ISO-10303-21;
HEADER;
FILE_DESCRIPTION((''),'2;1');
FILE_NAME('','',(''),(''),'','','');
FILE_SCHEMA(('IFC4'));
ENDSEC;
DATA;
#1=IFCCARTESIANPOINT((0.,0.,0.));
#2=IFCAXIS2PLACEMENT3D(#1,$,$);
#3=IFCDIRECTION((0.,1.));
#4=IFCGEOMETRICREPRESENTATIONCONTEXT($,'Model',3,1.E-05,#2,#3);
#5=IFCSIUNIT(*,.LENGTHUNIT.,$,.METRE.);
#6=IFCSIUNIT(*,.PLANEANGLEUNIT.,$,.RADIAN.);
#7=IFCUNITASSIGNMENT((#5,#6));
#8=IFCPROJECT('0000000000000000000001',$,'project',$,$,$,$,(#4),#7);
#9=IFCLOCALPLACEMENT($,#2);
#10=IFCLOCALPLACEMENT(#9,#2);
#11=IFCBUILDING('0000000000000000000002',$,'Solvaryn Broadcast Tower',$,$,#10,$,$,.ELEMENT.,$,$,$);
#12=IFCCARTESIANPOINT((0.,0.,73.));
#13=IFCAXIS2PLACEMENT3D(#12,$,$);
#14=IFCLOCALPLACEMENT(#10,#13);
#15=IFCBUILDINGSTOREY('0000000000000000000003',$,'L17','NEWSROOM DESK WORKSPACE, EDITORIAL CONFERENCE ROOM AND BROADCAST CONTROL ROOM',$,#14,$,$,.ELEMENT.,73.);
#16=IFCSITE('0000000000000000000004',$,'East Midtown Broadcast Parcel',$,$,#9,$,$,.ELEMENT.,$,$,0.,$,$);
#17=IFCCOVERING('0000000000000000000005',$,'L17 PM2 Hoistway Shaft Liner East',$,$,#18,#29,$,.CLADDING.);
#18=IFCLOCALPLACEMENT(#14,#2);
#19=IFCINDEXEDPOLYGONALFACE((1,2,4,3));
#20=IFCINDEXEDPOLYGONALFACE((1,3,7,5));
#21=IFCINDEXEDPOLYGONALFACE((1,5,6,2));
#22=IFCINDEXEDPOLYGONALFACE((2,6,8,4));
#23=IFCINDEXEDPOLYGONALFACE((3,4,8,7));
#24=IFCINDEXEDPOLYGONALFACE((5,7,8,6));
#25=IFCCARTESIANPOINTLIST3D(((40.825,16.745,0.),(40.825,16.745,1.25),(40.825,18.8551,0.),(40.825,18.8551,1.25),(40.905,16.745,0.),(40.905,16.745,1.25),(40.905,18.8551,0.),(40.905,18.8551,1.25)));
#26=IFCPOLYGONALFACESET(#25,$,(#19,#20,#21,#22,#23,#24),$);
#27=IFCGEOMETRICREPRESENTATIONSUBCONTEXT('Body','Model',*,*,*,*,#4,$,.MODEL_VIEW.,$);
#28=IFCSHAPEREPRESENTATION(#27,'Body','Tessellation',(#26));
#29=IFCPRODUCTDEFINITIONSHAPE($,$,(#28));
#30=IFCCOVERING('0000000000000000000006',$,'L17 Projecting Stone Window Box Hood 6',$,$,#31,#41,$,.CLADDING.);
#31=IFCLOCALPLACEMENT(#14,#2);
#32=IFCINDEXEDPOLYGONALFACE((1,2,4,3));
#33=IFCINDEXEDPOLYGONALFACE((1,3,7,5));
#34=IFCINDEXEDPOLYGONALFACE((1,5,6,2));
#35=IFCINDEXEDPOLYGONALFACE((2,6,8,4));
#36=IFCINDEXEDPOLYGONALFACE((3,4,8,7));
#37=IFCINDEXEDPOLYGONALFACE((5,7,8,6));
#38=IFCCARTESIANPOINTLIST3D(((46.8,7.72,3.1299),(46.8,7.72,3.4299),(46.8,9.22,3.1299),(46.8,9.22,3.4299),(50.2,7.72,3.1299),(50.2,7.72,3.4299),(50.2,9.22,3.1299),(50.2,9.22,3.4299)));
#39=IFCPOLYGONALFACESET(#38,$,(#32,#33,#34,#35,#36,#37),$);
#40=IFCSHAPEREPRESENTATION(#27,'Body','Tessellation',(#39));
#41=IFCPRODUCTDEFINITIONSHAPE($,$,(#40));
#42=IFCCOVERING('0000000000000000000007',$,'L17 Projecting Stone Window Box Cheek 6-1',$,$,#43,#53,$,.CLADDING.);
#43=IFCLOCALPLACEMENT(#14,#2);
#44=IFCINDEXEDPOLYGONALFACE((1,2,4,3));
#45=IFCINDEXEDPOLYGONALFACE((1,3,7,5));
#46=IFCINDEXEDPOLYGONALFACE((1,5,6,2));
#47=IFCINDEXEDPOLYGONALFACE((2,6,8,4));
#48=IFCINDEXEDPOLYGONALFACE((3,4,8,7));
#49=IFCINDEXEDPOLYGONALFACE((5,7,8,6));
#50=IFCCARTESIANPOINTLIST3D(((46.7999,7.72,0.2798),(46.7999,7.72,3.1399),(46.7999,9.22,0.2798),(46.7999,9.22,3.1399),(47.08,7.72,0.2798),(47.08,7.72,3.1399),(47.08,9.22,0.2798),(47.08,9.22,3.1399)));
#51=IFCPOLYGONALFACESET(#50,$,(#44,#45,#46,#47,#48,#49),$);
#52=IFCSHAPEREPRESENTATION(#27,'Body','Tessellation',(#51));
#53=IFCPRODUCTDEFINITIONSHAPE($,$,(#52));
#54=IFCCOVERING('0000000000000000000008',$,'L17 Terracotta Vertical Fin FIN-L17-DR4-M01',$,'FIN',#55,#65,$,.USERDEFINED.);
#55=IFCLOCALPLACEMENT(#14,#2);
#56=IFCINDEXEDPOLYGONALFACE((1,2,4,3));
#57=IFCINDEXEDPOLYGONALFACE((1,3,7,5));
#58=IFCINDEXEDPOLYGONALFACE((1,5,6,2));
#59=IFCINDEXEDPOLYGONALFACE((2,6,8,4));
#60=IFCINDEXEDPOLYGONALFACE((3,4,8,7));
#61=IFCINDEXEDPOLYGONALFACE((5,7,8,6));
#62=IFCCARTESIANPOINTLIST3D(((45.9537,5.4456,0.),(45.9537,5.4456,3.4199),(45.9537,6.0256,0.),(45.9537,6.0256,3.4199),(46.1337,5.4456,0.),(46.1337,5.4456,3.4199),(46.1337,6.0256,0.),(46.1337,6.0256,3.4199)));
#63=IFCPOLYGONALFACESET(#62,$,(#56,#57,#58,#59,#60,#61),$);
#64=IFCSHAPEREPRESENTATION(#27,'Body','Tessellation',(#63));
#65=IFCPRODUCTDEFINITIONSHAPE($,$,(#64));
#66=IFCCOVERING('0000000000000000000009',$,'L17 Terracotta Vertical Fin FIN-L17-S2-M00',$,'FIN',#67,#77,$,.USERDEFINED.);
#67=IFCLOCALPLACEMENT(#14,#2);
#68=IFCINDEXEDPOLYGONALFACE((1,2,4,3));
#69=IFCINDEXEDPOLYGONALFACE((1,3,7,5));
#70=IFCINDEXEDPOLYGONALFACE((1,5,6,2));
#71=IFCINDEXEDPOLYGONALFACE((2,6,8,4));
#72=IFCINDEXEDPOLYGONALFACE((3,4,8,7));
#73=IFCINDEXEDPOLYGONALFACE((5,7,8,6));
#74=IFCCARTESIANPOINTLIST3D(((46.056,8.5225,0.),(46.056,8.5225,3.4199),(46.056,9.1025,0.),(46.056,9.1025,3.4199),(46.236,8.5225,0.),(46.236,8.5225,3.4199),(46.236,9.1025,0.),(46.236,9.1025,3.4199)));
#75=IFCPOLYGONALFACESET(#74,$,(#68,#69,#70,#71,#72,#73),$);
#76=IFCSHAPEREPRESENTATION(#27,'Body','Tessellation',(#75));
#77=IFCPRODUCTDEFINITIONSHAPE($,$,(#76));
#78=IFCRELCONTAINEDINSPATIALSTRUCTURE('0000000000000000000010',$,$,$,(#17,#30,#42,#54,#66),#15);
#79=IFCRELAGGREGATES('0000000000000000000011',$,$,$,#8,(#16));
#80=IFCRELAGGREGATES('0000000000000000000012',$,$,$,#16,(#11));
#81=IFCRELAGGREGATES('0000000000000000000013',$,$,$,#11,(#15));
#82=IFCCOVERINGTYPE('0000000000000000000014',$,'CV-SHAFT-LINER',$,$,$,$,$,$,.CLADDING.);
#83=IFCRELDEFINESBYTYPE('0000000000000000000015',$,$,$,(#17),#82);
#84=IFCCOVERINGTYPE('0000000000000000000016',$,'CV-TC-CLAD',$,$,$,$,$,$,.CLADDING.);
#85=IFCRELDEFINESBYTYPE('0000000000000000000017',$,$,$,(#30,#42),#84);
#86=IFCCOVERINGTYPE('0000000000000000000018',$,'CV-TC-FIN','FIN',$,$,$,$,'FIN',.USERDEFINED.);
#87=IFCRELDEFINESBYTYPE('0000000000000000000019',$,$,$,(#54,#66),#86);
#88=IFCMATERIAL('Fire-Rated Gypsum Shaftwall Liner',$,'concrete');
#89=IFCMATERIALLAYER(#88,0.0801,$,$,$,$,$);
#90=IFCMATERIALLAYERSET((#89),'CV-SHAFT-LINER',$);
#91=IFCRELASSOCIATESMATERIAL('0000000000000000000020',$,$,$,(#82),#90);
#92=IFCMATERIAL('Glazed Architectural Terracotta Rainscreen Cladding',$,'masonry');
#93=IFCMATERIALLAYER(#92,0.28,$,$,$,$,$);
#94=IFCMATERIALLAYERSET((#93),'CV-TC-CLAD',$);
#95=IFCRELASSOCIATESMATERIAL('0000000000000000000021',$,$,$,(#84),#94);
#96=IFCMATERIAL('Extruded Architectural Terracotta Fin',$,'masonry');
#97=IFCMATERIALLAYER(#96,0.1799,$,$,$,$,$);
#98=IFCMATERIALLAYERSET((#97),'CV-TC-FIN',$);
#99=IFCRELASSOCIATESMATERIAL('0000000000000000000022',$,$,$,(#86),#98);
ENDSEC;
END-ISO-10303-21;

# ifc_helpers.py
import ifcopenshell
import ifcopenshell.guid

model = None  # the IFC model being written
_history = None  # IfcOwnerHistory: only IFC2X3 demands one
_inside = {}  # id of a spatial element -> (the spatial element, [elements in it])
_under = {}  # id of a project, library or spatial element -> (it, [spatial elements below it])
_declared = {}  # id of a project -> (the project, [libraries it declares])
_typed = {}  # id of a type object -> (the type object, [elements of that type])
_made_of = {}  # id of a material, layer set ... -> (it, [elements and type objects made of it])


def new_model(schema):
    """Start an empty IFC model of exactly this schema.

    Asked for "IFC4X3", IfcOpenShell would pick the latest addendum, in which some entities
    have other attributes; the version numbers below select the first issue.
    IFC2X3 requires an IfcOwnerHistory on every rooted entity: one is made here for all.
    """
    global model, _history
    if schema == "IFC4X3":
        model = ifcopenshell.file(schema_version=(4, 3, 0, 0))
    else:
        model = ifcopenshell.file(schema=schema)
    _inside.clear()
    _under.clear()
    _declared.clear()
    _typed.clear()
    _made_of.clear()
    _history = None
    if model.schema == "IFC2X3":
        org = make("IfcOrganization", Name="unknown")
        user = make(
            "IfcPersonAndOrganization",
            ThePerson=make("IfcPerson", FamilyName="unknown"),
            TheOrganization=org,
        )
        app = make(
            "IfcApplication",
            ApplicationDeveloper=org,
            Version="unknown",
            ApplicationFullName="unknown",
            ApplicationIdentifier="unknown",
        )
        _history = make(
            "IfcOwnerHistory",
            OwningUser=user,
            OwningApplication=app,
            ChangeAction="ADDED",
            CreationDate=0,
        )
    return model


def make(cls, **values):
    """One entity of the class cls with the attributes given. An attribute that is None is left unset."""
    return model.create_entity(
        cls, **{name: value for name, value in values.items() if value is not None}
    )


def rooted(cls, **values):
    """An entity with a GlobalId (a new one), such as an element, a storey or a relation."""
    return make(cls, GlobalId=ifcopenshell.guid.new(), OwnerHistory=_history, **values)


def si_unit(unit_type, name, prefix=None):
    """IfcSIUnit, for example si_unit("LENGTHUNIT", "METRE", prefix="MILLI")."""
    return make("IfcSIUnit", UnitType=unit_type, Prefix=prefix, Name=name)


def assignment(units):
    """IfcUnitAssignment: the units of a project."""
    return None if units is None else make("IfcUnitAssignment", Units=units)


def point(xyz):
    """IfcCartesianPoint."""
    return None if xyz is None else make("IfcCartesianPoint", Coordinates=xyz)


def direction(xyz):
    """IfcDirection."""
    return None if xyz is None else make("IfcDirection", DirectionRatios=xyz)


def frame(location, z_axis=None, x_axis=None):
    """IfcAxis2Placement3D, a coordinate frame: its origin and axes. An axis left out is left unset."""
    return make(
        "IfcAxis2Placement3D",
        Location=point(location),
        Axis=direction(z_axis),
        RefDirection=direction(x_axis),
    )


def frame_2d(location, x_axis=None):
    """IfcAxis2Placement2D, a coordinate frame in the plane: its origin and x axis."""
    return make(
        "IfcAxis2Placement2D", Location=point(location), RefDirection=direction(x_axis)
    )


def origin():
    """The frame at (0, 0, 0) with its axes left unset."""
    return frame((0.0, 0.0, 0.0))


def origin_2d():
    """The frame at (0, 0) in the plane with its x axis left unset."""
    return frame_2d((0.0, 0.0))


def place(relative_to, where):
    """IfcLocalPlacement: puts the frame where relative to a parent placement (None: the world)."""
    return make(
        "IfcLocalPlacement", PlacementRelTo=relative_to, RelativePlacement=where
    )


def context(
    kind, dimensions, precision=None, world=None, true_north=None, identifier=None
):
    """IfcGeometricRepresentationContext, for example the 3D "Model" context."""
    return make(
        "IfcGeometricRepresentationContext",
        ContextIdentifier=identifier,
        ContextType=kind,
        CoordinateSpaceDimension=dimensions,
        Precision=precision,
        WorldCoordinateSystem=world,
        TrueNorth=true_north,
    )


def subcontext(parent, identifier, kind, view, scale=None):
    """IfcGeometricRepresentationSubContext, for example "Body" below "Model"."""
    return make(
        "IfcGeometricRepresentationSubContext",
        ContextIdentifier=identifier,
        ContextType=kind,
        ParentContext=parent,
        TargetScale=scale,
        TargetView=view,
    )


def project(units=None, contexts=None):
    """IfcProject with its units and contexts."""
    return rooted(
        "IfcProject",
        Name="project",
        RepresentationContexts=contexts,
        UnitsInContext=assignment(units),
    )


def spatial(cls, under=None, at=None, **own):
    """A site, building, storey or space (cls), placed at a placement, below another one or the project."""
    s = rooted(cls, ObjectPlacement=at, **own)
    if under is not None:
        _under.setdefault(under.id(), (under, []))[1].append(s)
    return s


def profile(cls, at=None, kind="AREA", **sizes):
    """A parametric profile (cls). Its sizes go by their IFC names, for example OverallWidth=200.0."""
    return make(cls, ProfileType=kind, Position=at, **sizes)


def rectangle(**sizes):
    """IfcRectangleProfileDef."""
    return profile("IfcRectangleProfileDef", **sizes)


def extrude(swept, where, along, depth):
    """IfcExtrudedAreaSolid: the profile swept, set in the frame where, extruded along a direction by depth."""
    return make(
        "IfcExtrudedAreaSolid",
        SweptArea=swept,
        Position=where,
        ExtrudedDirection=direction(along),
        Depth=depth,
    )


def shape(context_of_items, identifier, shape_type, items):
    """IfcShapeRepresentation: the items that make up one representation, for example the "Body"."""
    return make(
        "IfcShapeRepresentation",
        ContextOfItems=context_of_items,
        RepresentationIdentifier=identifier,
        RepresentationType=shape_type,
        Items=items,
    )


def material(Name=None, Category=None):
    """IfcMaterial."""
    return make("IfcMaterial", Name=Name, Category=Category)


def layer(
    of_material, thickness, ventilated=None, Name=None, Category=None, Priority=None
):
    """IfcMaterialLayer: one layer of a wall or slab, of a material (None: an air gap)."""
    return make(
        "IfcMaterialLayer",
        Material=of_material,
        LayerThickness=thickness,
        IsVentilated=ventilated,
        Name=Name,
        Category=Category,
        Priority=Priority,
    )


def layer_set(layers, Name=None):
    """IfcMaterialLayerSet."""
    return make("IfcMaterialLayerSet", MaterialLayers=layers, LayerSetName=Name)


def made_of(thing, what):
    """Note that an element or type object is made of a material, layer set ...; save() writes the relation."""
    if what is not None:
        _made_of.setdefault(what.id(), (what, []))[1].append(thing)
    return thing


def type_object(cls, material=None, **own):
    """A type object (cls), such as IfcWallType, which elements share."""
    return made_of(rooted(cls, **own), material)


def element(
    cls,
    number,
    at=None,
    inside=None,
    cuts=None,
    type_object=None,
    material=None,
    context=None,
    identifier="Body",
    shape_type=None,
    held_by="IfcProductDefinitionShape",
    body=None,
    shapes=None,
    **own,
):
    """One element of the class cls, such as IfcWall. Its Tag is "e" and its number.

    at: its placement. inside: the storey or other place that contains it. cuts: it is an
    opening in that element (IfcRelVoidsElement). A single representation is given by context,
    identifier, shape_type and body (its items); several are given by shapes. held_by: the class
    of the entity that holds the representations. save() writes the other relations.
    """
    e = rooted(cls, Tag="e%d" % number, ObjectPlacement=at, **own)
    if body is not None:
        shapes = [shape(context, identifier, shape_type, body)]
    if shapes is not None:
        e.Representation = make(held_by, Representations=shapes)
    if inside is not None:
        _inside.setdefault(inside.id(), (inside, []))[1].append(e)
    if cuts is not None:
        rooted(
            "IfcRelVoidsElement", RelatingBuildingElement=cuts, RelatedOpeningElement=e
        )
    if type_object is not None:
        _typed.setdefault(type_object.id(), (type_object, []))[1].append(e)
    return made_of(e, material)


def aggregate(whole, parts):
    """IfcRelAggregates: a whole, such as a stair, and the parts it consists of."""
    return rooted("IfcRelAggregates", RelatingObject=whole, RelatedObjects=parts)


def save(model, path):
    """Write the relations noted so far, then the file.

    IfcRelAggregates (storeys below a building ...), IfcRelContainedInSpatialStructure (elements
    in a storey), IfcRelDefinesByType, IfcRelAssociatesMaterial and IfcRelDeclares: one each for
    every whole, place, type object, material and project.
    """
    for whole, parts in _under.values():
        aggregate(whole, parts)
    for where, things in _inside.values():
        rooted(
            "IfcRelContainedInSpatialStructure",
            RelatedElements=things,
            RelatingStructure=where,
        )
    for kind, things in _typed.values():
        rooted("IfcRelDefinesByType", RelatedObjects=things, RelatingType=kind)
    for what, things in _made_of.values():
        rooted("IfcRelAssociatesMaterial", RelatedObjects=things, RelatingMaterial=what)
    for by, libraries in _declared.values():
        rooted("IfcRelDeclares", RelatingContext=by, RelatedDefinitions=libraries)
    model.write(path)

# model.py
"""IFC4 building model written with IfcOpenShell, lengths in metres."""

from ifc_helpers import new_model, si_unit, direction, frame, origin, origin_2d, place, context, subcontext, project, spatial, rectangle, extrude, material, layer, layer_set, type_object, element, save


model = new_model("IFC4")

# Units and contexts
model_context = context("Model", 3, precision=1e-05, world=origin(), true_north=direction((0.0, 1.0)))
body_context = subcontext(model_context, "Body", "Model", "MODEL_VIEW")
ifc_project = project(units=[si_unit("LENGTHUNIT", "METRE"), si_unit("PLANEANGLEUNIT", "RADIAN")], contexts=[model_context])

# Site, building, storey
site_placement = place(None, origin())
site = spatial("IfcSite", under=ifc_project, at=site_placement, Name="East Midtown Broadcast Parcel", CompositionType="ELEMENT", RefElevation=0.0)
building_placement = place(site_placement, origin())
building = spatial("IfcBuilding", under=site, at=building_placement, Name="Solvaryn Broadcast Tower", CompositionType="ELEMENT")
storey_placement = place(building_placement, frame((0.0, 0.0, 73.0)))
storey = spatial("IfcBuildingStorey", under=building, at=storey_placement, Name="L17", Description="NEWSROOM DESK WORKSPACE, EDITORIAL CONFERENCE ROOM AND BROADCAST CONTROL ROOM", CompositionType="ELEMENT", Elevation=73.0)

# Coverings
ifc_material_1 = material(Name="Fire-Rated Gypsum Shaftwall Liner", Category="concrete")
ifc_layer_1 = layer(ifc_material_1, 0.0801)
ifc_layer_set_1 = layer_set([ifc_layer_1], Name="CV-SHAFT-LINER")
covering_type_1 = type_object("IfcCoveringType", Name="CV-SHAFT-LINER", PredefinedType="CLADDING", material=ifc_layer_set_1)
covering_1_placement = place(storey_placement, frame((40.865, 17.8, 0.0), z_axis=(0.0, 0.0, 1.0), x_axis=(1.0, 0.0, 0.0)))
element("IfcCovering", 1, at=covering_1_placement, inside=storey, type_object=covering_type_1, Name="L17 PM2 Hoistway Shaft Liner East", PredefinedType="CLADDING", context=body_context, shape_type="SweptSolid", body=[
    extrude(rectangle(XDim=0.0801, YDim=2.1101, at=origin_2d()), origin(), (0.0, 0.0, 1.0), 1.25),
])
ifc_material_2 = material(Name="Glazed Architectural Terracotta Rainscreen Cladding", Category="masonry")
ifc_layer_2 = layer(ifc_material_2, 0.28)
ifc_layer_set_2 = layer_set([ifc_layer_2], Name="CV-TC-CLAD")
covering_type_2 = type_object("IfcCoveringType", Name="CV-TC-CLAD", PredefinedType="CLADDING", material=ifc_layer_set_2)
covering_2_placement = place(storey_placement, frame((48.5, 8.47, 3.1299), z_axis=(0.0, 0.0, 1.0), x_axis=(1.0, 0.0, 0.0)))
element("IfcCovering", 2, at=covering_2_placement, inside=storey, type_object=covering_type_2, Name="L17 Projecting Stone Window Box Hood 6", PredefinedType="CLADDING", context=body_context, shape_type="SweptSolid", body=[
    extrude(rectangle(XDim=3.3999, YDim=1.5, at=origin_2d()), origin(), (0.0, 0.0, 1.0), 0.3),
])
covering_3_placement = place(storey_placement, frame((46.9399, 8.47, 0.2798), z_axis=(0.0, 0.0, 1.0), x_axis=(1.0, 0.0, 0.0)))
element("IfcCovering", 3, at=covering_3_placement, inside=storey, type_object=covering_type_2, Name="L17 Projecting Stone Window Box Cheek 6-1", PredefinedType="CLADDING", context=body_context, shape_type="SweptSolid", body=[
    extrude(rectangle(XDim=0.28, YDim=1.5, at=origin_2d()), origin(), (0.0, 0.0, 1.0), 2.8601),
])
ifc_material_3 = material(Name="Extruded Architectural Terracotta Fin", Category="masonry")
ifc_layer_3 = layer(ifc_material_3, 0.1799)
ifc_layer_set_3 = layer_set([ifc_layer_3], Name="CV-TC-FIN")
covering_type_3 = type_object("IfcCoveringType", Name="CV-TC-FIN", Description="FIN", ElementType="FIN", PredefinedType="USERDEFINED", material=ifc_layer_set_3)
for number, where, z_axis, x_axis, name in (
    (4, (46.0437, 5.7356, 0.0), (0.0, 0.0, 1.0), (1.0, 0.0, 0.0), "L17 Terracotta Vertical Fin FIN-L17-DR4-M01"),
    (5, (46.146, 8.8125, 0.0), (0.0, 0.0, 1.0), (1.0, 0.0, 0.0), "L17 Terracotta Vertical Fin FIN-L17-S2-M00"),
):
    element("IfcCovering", number, at=place(storey_placement, frame(where, z_axis=z_axis, x_axis=x_axis)), inside=storey, type_object=covering_type_3, Name=name, ObjectType="FIN", PredefinedType="USERDEFINED", context=body_context, shape_type="SweptSolid", body=[
        extrude(rectangle(XDim=0.1799, YDim=0.5801, at=origin_2d()), origin(), (0.0, 0.0, 1.0), 3.4199),
    ])

save(model, "model.ifc")
